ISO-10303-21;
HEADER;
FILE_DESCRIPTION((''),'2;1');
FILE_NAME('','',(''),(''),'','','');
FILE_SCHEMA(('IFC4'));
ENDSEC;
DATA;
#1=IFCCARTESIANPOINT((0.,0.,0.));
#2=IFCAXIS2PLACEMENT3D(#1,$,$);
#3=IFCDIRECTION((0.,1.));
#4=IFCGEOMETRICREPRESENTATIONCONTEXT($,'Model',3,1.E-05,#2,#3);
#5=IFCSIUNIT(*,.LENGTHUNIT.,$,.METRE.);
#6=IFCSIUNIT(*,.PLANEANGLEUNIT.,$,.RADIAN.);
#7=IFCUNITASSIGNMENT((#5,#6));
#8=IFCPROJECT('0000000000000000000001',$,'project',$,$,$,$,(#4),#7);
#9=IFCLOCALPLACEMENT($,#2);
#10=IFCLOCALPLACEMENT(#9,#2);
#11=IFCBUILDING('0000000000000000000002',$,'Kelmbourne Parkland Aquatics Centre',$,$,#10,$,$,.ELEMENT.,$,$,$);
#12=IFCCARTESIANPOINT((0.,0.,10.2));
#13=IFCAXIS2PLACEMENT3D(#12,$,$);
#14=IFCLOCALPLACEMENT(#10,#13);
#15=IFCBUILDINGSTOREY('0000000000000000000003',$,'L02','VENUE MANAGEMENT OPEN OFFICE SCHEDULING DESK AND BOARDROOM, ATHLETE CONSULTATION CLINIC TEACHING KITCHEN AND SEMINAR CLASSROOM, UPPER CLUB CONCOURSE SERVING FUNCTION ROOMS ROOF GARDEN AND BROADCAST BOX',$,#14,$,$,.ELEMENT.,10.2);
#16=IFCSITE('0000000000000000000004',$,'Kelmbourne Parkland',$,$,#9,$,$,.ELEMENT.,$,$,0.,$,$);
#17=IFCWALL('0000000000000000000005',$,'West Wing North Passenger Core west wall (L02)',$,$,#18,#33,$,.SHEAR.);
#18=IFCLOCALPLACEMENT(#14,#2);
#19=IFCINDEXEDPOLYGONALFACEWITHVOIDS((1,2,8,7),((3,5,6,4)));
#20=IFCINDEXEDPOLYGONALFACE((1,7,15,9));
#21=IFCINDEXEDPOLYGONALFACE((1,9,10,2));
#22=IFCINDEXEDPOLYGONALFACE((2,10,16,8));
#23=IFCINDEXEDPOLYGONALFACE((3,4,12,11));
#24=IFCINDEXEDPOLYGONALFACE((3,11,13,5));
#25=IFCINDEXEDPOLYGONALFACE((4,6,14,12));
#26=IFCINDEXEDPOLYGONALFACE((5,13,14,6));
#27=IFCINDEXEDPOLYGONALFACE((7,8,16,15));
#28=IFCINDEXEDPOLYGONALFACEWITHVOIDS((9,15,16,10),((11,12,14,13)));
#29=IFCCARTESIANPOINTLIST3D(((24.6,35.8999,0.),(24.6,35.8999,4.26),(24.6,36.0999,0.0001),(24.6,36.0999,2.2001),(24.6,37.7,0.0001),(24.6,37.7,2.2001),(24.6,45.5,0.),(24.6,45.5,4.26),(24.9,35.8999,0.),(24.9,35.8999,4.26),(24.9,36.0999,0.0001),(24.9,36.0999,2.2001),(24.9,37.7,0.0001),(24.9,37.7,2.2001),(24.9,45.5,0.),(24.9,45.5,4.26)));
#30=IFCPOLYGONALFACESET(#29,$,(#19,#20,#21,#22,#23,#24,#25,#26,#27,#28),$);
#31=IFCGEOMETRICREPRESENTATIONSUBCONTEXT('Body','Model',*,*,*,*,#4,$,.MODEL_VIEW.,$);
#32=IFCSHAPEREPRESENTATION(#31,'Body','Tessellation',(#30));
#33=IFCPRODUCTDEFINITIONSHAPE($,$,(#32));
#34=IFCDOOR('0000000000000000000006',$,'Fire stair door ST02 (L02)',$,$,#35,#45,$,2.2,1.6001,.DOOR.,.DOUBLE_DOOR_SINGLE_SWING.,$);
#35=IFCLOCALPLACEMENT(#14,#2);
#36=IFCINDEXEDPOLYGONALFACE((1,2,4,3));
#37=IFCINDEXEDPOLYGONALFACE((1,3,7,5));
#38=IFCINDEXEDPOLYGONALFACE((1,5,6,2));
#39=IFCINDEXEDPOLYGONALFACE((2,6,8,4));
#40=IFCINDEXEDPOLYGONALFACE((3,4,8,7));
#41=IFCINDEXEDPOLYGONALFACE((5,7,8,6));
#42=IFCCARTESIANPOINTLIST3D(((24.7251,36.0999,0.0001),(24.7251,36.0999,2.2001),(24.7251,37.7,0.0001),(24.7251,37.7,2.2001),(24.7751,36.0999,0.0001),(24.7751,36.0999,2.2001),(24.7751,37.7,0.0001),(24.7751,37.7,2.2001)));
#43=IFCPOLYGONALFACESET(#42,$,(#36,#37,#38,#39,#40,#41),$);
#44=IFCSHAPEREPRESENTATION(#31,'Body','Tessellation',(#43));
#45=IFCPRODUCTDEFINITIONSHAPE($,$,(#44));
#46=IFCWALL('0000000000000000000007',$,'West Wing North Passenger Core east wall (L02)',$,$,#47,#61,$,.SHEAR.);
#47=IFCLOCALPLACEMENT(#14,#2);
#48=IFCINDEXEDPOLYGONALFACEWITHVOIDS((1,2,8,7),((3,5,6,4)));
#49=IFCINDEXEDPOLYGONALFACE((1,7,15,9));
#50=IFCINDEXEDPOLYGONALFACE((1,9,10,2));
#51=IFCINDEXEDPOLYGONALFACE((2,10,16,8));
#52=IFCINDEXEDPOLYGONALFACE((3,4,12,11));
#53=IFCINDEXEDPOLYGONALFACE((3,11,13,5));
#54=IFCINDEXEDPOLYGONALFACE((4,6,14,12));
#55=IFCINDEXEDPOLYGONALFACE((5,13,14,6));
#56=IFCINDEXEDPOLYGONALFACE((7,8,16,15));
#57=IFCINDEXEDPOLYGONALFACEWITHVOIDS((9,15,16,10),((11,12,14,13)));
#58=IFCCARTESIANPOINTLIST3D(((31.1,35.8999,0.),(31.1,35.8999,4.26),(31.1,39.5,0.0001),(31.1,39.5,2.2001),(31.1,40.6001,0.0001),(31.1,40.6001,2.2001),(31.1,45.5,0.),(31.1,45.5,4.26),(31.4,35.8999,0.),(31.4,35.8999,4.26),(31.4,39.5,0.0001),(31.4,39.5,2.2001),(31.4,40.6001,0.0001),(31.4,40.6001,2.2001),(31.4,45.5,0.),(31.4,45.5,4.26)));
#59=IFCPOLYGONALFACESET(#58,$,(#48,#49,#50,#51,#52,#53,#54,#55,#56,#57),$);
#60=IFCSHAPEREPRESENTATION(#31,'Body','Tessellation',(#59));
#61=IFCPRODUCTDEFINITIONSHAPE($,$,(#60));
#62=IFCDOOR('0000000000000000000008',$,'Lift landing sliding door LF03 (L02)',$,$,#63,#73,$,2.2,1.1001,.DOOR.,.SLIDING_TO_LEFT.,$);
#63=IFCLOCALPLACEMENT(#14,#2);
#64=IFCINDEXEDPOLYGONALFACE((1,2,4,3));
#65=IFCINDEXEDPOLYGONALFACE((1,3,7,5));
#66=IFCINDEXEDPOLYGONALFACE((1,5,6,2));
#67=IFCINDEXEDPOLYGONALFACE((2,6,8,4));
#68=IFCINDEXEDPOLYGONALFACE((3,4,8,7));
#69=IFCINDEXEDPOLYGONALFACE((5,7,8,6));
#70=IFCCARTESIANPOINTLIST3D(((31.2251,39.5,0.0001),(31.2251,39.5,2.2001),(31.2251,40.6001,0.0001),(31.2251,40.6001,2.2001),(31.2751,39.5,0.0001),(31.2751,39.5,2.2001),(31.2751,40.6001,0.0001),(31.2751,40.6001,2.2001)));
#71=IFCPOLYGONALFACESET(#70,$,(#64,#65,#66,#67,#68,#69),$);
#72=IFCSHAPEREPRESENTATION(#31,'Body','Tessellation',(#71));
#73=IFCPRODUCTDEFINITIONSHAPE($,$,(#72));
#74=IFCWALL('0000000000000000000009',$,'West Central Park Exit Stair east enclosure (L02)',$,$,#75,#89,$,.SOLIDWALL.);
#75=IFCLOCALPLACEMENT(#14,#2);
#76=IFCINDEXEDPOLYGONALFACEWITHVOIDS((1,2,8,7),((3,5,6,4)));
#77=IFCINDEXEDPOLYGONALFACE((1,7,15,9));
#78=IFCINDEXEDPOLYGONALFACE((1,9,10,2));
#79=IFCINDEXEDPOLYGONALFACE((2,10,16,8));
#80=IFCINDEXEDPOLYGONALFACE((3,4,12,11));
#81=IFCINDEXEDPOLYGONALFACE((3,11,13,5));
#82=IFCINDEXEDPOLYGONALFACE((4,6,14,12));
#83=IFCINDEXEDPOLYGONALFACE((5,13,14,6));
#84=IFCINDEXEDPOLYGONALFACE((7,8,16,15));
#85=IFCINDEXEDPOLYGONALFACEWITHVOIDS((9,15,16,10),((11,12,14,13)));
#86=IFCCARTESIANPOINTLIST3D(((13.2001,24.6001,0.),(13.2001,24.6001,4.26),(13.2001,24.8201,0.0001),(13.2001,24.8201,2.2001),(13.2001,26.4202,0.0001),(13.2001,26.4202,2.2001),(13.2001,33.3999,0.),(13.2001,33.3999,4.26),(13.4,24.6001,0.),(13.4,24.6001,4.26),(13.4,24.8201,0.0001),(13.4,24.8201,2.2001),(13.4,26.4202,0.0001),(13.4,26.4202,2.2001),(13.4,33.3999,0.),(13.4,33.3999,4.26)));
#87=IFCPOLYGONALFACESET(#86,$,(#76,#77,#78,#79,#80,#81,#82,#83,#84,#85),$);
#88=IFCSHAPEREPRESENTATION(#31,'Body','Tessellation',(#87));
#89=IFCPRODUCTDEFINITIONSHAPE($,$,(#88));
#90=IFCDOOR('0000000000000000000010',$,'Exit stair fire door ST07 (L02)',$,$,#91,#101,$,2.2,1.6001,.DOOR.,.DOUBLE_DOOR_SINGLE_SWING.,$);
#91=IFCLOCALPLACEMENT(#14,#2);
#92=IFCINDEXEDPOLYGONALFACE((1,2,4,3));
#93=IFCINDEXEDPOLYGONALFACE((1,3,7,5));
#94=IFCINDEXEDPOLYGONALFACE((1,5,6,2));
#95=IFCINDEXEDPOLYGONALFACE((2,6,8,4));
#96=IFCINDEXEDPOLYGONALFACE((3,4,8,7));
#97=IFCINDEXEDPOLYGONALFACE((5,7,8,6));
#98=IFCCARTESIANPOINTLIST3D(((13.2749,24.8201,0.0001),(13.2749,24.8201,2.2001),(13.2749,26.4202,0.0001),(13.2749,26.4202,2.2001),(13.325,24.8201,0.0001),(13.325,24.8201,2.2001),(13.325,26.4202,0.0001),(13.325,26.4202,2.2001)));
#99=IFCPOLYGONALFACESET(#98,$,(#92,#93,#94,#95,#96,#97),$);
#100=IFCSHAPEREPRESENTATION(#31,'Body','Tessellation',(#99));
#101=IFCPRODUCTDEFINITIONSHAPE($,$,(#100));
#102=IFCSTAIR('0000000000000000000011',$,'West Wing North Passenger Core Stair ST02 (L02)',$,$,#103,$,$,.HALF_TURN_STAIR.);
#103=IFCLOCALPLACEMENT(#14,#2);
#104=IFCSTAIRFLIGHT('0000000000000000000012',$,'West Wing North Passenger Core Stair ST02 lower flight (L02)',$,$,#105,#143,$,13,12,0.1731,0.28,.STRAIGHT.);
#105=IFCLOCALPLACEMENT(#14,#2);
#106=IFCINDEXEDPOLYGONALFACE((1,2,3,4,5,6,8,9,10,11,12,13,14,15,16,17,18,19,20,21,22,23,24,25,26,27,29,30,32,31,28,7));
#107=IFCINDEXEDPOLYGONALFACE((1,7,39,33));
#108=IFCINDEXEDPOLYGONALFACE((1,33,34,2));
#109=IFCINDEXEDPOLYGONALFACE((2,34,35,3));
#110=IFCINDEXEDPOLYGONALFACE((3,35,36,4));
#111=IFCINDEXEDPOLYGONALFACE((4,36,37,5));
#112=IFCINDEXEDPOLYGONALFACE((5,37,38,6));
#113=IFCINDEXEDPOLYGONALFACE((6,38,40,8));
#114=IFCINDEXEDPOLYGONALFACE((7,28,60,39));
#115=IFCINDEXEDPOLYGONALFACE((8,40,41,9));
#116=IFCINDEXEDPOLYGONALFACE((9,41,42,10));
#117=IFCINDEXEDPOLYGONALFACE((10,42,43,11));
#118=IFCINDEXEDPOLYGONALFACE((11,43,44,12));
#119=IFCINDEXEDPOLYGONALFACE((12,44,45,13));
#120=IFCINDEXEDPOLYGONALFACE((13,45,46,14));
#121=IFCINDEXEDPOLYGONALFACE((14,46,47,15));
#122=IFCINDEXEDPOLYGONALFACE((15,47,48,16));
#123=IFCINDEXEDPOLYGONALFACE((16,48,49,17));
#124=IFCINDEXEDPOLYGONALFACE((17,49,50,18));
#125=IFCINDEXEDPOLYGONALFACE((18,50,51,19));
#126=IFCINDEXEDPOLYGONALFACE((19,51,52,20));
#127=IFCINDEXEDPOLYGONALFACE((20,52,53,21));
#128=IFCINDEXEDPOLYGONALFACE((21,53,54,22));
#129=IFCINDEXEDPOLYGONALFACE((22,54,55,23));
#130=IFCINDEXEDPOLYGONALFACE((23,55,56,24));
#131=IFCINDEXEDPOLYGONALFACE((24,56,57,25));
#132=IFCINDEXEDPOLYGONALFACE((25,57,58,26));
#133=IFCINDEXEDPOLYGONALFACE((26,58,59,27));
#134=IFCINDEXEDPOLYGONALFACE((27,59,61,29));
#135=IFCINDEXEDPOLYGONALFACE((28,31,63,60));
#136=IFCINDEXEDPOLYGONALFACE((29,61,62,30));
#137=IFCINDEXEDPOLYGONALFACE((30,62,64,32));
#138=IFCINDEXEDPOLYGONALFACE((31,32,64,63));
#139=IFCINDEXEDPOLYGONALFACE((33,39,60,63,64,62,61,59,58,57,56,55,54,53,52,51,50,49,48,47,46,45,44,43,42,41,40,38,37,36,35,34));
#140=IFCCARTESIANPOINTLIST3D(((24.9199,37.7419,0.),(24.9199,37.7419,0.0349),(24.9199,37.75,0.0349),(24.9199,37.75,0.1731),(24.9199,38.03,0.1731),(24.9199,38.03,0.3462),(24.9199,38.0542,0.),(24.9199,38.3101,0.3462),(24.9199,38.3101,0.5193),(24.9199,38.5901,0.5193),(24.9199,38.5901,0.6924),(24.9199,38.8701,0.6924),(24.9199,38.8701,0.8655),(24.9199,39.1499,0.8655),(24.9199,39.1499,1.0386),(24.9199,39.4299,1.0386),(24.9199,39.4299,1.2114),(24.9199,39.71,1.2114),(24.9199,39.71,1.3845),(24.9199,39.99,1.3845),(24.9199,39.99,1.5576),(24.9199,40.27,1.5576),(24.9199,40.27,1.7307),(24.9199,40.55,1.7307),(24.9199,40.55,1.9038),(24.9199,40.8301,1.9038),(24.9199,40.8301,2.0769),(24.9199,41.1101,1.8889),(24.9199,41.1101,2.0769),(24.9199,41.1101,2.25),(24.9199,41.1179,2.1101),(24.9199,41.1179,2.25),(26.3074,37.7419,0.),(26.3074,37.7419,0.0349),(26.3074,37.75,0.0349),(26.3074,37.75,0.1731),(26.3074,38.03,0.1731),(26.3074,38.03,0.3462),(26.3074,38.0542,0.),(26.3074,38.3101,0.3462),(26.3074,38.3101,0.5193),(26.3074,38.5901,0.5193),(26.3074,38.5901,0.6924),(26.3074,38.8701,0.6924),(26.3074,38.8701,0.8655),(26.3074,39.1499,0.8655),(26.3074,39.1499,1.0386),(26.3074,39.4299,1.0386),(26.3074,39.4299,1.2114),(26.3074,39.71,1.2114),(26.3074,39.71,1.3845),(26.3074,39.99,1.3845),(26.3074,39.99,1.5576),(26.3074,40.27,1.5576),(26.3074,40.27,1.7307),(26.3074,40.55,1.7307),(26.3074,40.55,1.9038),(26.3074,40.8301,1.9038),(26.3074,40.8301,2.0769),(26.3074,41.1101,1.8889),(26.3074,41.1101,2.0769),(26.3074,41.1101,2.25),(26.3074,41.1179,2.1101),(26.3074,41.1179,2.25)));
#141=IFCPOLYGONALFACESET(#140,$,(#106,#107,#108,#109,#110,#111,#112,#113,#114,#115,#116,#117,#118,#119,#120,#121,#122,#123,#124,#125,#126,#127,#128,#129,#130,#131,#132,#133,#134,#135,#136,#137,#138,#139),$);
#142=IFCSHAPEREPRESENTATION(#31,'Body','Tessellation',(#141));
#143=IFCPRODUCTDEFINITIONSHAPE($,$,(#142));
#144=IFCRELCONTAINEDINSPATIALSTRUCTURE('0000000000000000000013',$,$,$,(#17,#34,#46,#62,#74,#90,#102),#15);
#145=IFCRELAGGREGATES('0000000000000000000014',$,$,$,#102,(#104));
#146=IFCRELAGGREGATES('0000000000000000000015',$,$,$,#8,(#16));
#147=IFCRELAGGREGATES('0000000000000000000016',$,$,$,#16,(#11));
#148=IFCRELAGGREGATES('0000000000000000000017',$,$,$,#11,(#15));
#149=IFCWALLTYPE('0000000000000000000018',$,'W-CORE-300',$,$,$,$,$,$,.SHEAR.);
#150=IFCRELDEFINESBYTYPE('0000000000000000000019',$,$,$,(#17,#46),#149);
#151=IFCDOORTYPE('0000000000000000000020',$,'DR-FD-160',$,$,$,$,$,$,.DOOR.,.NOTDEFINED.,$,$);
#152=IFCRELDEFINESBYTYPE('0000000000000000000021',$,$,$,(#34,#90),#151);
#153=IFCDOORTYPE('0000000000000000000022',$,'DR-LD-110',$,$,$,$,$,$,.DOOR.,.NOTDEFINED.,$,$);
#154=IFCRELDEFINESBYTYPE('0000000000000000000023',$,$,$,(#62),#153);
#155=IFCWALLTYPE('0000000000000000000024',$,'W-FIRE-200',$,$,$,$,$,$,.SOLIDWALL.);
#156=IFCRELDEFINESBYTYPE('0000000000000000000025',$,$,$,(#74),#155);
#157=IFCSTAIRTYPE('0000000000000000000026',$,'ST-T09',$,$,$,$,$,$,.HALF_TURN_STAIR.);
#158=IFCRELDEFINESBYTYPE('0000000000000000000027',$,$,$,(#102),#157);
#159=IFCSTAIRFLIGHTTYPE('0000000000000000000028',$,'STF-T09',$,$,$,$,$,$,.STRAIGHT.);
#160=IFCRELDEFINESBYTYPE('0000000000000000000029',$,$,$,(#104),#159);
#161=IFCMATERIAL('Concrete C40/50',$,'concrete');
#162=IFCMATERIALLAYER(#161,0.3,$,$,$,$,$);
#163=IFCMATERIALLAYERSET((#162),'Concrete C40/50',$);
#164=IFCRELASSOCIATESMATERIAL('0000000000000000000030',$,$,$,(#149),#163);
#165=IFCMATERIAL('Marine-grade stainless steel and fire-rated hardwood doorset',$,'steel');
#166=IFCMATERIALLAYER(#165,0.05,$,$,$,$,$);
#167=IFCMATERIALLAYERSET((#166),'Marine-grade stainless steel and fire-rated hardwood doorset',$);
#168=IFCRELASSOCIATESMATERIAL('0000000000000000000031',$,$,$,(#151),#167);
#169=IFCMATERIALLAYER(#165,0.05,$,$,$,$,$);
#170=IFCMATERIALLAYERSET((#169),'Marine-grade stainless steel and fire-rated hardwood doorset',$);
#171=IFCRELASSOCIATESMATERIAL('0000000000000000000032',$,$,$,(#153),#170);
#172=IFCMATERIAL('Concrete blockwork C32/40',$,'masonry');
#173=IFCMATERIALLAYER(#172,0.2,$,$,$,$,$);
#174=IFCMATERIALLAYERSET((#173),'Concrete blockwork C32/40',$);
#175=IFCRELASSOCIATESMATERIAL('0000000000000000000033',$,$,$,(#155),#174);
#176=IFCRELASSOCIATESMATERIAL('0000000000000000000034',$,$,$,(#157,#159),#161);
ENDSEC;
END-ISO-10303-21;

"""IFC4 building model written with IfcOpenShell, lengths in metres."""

from ifc_helpers import new_model, si_unit, direction, frame, frame_2d, origin, place, context, subcontext, project, spatial, polyline, rectangle, outline, extrude, material, layer, layer_set, type_object, element, fill, aggregate, save


model = new_model("IFC4")

# Units and contexts
model_context = context("Model", 3, precision=1e-05, world=origin(), true_north=direction((0.0, 1.0)))
body_context = subcontext(model_context, "Body", "Model", "MODEL_VIEW")
ifc_project = project(units=[si_unit("LENGTHUNIT", "METRE"), si_unit("PLANEANGLEUNIT", "RADIAN")], contexts=[model_context])

# Site, building, storey
site_placement = place(None, origin())
site = spatial("IfcSite", under=ifc_project, at=site_placement, Name="Kelmbourne Parkland", CompositionType="ELEMENT", RefElevation=0.0)
building_placement = place(site_placement, origin())
building = spatial("IfcBuilding", under=site, at=building_placement, Name="Kelmbourne Parkland Aquatics Centre", CompositionType="ELEMENT")
storey_placement = place(building_placement, frame((0.0, 0.0, 10.2)))
storey = spatial("IfcBuildingStorey", under=building, at=storey_placement, Name="L02", Description="VENUE MANAGEMENT OPEN OFFICE SCHEDULING DESK AND BOARDROOM, ATHLETE CONSULTATION CLINIC TEACHING KITCHEN AND SEMINAR CLASSROOM, UPPER CLUB CONCOURSE SERVING FUNCTION ROOMS ROOF GARDEN AND BROADCAST BOX", CompositionType="ELEMENT", Elevation=10.2)

# Shared definitions
ifc_material_1 = material(Name="Concrete C40/50", Category="concrete")

# Shared definitions
ifc_layer_1 = layer(ifc_material_1, 0.3)
ifc_layer_set_1 = layer_set([ifc_layer_1], Name="Concrete C40/50")
wall_type_1 = type_object("IfcWallType", Name="W-CORE-300", PredefinedType="SHEAR", material=ifc_layer_set_1)

# Walls, openings, doors
wall_1_placement = place(storey_placement, frame((24.75, 35.8999, 0.0), z_axis=(0.0, 0.0, 1.0), x_axis=(0.0, 1.0, 0.0)))
wall_1 = element("IfcWall", 1, at=wall_1_placement, inside=storey, type_object=wall_type_1, Name="West Wing North Passenger Core west wall (L02)", PredefinedType="SHEAR", context=body_context, shape_type="SweptSolid", body=[
    extrude(rectangle(XDim=9.6001, YDim=0.3, at=frame_2d((4.8, 0.0))), origin(), (0.0, 0.0, 1.0), 4.26),
])
opening_1_placement = place(wall_1_placement, frame((0.2, 0.0, 0.0)))
opening_1 = element("IfcOpeningElement", 2, at=opening_1_placement, cuts=wall_1, PredefinedType="OPENING", context=body_context, shape_type="SweptSolid", body=[
    extrude(rectangle(XDim=1.6001, YDim=2.2, at=frame_2d((0.8, 1.1001))), frame((0.0, 0.1621, 0.0), z_axis=(0.0, -1.0, 0.0), x_axis=(1.0, 0.0, 0.0)), (0.0, 0.0, 1.0), 0.324),
])
ifc_material_2 = material(Name="Marine-grade stainless steel and fire-rated hardwood doorset", Category="steel")
ifc_layer_2 = layer(ifc_material_2, 0.05)
ifc_layer_set_2 = layer_set([ifc_layer_2], Name="Marine-grade stainless steel and fire-rated hardwood doorset")
door_type_1 = type_object("IfcDoorType", Name="DR-FD-160", OperationType="NOTDEFINED", PredefinedType="DOOR", material=ifc_layer_set_2)
door_1_placement = place(opening_1_placement, origin())
door_1 = element("IfcDoor", 3, at=door_1_placement, inside=storey, type_object=door_type_1, Name="Fire stair door ST02 (L02)", OperationType="DOUBLE_DOOR_SINGLE_SWING", OverallHeight=2.2, OverallWidth=1.6001, PredefinedType="DOOR", context=body_context, shape_type="SweptSolid", body=[
    extrude(rectangle(XDim=1.6001, YDim=2.2, at=frame_2d((0.8, 1.1001))), frame((0.0, 0.0249, 0.0), z_axis=(0.0, -1.0, 0.0), x_axis=(1.0, 0.0, 0.0)), (0.0, 0.0, 1.0), 0.05),
])
fill(opening_1, door_1)
wall_2_placement = place(storey_placement, frame((31.25, 35.8999, 0.0), z_axis=(0.0, 0.0, 1.0), x_axis=(0.0, 1.0, 0.0)))
wall_2 = element("IfcWall", 4, at=wall_2_placement, inside=storey, type_object=wall_type_1, Name="West Wing North Passenger Core east wall (L02)", PredefinedType="SHEAR", context=body_context, shape_type="SweptSolid", body=[
    extrude(rectangle(XDim=9.6001, YDim=0.3, at=frame_2d((4.8, 0.0))), origin(), (0.0, 0.0, 1.0), 4.26),
])
opening_2_placement = place(wall_2_placement, frame((3.6001, 0.0, 0.0)))
opening_2 = element("IfcOpeningElement", 5, at=opening_2_placement, cuts=wall_2, PredefinedType="OPENING", context=body_context, shape_type="SweptSolid", body=[
    extrude(rectangle(XDim=1.1001, YDim=2.2, at=frame_2d((0.55, 1.1001))), frame((0.0, 0.1621, 0.0), z_axis=(0.0, -1.0, 0.0), x_axis=(1.0, 0.0, 0.0)), (0.0, 0.0, 1.0), 0.324),
])
ifc_layer_3 = layer(ifc_material_2, 0.05)
ifc_layer_set_3 = layer_set([ifc_layer_3], Name="Marine-grade stainless steel and fire-rated hardwood doorset")
door_type_2 = type_object("IfcDoorType", Name="DR-LD-110", OperationType="NOTDEFINED", PredefinedType="DOOR", material=ifc_layer_set_3)
door_2_placement = place(opening_2_placement, origin())
door_2 = element("IfcDoor", 6, at=door_2_placement, inside=storey, type_object=door_type_2, Name="Lift landing sliding door LF03 (L02)", OperationType="SLIDING_TO_LEFT", OverallHeight=2.2, OverallWidth=1.1001, PredefinedType="DOOR", context=body_context, shape_type="SweptSolid", body=[
    extrude(rectangle(XDim=1.1001, YDim=2.2, at=frame_2d((0.55, 1.1001))), frame((0.0, 0.0249, 0.0), z_axis=(0.0, -1.0, 0.0), x_axis=(1.0, 0.0, 0.0)), (0.0, 0.0, 1.0), 0.05),
])
fill(opening_2, door_2)
ifc_material_3 = material(Name="Concrete blockwork C32/40", Category="masonry")
ifc_layer_4 = layer(ifc_material_3, 0.2)
ifc_layer_set_4 = layer_set([ifc_layer_4], Name="Concrete blockwork C32/40")
wall_type_2 = type_object("IfcWallType", Name="W-FIRE-200", PredefinedType="SOLIDWALL", material=ifc_layer_set_4)
wall_3_placement = place(storey_placement, frame((13.3, 24.6001, 0.0), z_axis=(0.0, 0.0, 1.0), x_axis=(0.0, 1.0, 0.0)))
wall_3 = element("IfcWall", 7, at=wall_3_placement, inside=storey, type_object=wall_type_2, Name="West Central Park Exit Stair east enclosure (L02)", PredefinedType="SOLIDWALL", context=body_context, shape_type="SweptSolid", body=[
    extrude(rectangle(XDim=8.7998, YDim=0.2, at=frame_2d((4.3999, 0.0))), origin(), (0.0, 0.0, 1.0), 4.26),
])
opening_3_placement = place(wall_3_placement, frame((0.22, 0.0, 0.0)))
opening_3 = element("IfcOpeningElement", 8, at=opening_3_placement, cuts=wall_3, PredefinedType="OPENING", context=body_context, shape_type="SweptSolid", body=[
    extrude(rectangle(XDim=1.6001, YDim=2.2, at=frame_2d((0.8, 1.1001))), frame((0.0, 0.1118, 0.0), z_axis=(0.0, -1.0, 0.0), x_axis=(1.0, 0.0, 0.0)), (0.0, 0.0, 1.0), 0.2239),
])
door_3_placement = place(opening_3_placement, frame((1.6001, 0.0, 0.0), z_axis=(0.0, 0.0, 1.0), x_axis=(-1.0, 0.0, 0.0)))
door_3 = element("IfcDoor", 9, at=door_3_placement, inside=storey, type_object=door_type_1, Name="Exit stair fire door ST07 (L02)", OperationType="DOUBLE_DOOR_SINGLE_SWING", OverallHeight=2.2, OverallWidth=1.6001, PredefinedType="DOOR", context=body_context, shape_type="SweptSolid", body=[
    extrude(rectangle(XDim=1.6001, YDim=2.2, at=frame_2d((0.8, 1.1001))), frame((0.0, 0.0249, 0.0), z_axis=(0.0, -1.0, 0.0), x_axis=(1.0, 0.0, 0.0)), (0.0, 0.0, 1.0), 0.05),
])
fill(opening_3, door_3)

# Stair, stair flight
stair_type_1 = type_object("IfcStairType", Name="ST-T09", PredefinedType="HALF_TURN_STAIR", material=ifc_material_1)
stair_1_placement = place(storey_placement, origin())
stair_1 = element("IfcStair", 10, at=stair_1_placement, inside=storey, type_object=stair_type_1, Name="West Wing North Passenger Core Stair ST02 (L02)", PredefinedType="HALF_TURN_STAIR")
stair_flight_type_1 = type_object("IfcStairFlightType", Name="STF-T09", PredefinedType="STRAIGHT", material=ifc_material_1)
stair_flight_1_placement = place(storey_placement, frame((25.6138, 37.75, 0.0), z_axis=(0.0, 0.0, 1.0), x_axis=(0.0, 1.0, 0.0)))
stair_flight_1 = element("IfcStairFlight", 11, at=stair_flight_1_placement, type_object=stair_flight_type_1, Name="West Wing North Passenger Core Stair ST02 lower flight (L02)", NumberOfRisers=13, NumberOfTreads=12, PredefinedType="STRAIGHT", RiserHeight=0.1731, TreadLength=0.28, context=body_context, shape_type="SweptSolid", body=[
    extrude(outline(polyline([(-0.0081, 0.0), (-0.0081, 0.0349), (0.0, 0.0349), (0.0, 0.1731), (0.28, 0.1731), (0.28, 0.3462), (0.5601, 0.3462), (0.5601, 0.5193), (0.8401, 0.5193), (0.8401, 0.6924), (1.1201, 0.6924), (1.1201, 0.8655), (1.3999, 0.8655), (1.3999, 1.0386), (1.6799, 1.0386), (1.6799, 1.2114), (1.96, 1.2114), (1.96, 1.3845), (2.24, 1.3845), (2.24, 1.5576), (2.52, 1.5576), (2.52, 1.7307), (2.8, 1.7307), (2.8, 1.9038), (3.0801, 1.9038), (3.0801, 2.0769), (3.3601, 2.0769), (3.3601, 2.25), (3.3679, 2.25), (3.3679, 2.1101), (3.3601, 1.8889), (0.3042, 0.0), (-0.0081, 0.0)])), frame((0.0, 0.6938, 0.0), z_axis=(0.0, -1.0, 0.0), x_axis=(1.0, 0.0, 0.0)), (0.0, 0.0, 1.0), 1.3875),
])
aggregate(stair_1, [stair_flight_1])

save(model, "model.ifc")
